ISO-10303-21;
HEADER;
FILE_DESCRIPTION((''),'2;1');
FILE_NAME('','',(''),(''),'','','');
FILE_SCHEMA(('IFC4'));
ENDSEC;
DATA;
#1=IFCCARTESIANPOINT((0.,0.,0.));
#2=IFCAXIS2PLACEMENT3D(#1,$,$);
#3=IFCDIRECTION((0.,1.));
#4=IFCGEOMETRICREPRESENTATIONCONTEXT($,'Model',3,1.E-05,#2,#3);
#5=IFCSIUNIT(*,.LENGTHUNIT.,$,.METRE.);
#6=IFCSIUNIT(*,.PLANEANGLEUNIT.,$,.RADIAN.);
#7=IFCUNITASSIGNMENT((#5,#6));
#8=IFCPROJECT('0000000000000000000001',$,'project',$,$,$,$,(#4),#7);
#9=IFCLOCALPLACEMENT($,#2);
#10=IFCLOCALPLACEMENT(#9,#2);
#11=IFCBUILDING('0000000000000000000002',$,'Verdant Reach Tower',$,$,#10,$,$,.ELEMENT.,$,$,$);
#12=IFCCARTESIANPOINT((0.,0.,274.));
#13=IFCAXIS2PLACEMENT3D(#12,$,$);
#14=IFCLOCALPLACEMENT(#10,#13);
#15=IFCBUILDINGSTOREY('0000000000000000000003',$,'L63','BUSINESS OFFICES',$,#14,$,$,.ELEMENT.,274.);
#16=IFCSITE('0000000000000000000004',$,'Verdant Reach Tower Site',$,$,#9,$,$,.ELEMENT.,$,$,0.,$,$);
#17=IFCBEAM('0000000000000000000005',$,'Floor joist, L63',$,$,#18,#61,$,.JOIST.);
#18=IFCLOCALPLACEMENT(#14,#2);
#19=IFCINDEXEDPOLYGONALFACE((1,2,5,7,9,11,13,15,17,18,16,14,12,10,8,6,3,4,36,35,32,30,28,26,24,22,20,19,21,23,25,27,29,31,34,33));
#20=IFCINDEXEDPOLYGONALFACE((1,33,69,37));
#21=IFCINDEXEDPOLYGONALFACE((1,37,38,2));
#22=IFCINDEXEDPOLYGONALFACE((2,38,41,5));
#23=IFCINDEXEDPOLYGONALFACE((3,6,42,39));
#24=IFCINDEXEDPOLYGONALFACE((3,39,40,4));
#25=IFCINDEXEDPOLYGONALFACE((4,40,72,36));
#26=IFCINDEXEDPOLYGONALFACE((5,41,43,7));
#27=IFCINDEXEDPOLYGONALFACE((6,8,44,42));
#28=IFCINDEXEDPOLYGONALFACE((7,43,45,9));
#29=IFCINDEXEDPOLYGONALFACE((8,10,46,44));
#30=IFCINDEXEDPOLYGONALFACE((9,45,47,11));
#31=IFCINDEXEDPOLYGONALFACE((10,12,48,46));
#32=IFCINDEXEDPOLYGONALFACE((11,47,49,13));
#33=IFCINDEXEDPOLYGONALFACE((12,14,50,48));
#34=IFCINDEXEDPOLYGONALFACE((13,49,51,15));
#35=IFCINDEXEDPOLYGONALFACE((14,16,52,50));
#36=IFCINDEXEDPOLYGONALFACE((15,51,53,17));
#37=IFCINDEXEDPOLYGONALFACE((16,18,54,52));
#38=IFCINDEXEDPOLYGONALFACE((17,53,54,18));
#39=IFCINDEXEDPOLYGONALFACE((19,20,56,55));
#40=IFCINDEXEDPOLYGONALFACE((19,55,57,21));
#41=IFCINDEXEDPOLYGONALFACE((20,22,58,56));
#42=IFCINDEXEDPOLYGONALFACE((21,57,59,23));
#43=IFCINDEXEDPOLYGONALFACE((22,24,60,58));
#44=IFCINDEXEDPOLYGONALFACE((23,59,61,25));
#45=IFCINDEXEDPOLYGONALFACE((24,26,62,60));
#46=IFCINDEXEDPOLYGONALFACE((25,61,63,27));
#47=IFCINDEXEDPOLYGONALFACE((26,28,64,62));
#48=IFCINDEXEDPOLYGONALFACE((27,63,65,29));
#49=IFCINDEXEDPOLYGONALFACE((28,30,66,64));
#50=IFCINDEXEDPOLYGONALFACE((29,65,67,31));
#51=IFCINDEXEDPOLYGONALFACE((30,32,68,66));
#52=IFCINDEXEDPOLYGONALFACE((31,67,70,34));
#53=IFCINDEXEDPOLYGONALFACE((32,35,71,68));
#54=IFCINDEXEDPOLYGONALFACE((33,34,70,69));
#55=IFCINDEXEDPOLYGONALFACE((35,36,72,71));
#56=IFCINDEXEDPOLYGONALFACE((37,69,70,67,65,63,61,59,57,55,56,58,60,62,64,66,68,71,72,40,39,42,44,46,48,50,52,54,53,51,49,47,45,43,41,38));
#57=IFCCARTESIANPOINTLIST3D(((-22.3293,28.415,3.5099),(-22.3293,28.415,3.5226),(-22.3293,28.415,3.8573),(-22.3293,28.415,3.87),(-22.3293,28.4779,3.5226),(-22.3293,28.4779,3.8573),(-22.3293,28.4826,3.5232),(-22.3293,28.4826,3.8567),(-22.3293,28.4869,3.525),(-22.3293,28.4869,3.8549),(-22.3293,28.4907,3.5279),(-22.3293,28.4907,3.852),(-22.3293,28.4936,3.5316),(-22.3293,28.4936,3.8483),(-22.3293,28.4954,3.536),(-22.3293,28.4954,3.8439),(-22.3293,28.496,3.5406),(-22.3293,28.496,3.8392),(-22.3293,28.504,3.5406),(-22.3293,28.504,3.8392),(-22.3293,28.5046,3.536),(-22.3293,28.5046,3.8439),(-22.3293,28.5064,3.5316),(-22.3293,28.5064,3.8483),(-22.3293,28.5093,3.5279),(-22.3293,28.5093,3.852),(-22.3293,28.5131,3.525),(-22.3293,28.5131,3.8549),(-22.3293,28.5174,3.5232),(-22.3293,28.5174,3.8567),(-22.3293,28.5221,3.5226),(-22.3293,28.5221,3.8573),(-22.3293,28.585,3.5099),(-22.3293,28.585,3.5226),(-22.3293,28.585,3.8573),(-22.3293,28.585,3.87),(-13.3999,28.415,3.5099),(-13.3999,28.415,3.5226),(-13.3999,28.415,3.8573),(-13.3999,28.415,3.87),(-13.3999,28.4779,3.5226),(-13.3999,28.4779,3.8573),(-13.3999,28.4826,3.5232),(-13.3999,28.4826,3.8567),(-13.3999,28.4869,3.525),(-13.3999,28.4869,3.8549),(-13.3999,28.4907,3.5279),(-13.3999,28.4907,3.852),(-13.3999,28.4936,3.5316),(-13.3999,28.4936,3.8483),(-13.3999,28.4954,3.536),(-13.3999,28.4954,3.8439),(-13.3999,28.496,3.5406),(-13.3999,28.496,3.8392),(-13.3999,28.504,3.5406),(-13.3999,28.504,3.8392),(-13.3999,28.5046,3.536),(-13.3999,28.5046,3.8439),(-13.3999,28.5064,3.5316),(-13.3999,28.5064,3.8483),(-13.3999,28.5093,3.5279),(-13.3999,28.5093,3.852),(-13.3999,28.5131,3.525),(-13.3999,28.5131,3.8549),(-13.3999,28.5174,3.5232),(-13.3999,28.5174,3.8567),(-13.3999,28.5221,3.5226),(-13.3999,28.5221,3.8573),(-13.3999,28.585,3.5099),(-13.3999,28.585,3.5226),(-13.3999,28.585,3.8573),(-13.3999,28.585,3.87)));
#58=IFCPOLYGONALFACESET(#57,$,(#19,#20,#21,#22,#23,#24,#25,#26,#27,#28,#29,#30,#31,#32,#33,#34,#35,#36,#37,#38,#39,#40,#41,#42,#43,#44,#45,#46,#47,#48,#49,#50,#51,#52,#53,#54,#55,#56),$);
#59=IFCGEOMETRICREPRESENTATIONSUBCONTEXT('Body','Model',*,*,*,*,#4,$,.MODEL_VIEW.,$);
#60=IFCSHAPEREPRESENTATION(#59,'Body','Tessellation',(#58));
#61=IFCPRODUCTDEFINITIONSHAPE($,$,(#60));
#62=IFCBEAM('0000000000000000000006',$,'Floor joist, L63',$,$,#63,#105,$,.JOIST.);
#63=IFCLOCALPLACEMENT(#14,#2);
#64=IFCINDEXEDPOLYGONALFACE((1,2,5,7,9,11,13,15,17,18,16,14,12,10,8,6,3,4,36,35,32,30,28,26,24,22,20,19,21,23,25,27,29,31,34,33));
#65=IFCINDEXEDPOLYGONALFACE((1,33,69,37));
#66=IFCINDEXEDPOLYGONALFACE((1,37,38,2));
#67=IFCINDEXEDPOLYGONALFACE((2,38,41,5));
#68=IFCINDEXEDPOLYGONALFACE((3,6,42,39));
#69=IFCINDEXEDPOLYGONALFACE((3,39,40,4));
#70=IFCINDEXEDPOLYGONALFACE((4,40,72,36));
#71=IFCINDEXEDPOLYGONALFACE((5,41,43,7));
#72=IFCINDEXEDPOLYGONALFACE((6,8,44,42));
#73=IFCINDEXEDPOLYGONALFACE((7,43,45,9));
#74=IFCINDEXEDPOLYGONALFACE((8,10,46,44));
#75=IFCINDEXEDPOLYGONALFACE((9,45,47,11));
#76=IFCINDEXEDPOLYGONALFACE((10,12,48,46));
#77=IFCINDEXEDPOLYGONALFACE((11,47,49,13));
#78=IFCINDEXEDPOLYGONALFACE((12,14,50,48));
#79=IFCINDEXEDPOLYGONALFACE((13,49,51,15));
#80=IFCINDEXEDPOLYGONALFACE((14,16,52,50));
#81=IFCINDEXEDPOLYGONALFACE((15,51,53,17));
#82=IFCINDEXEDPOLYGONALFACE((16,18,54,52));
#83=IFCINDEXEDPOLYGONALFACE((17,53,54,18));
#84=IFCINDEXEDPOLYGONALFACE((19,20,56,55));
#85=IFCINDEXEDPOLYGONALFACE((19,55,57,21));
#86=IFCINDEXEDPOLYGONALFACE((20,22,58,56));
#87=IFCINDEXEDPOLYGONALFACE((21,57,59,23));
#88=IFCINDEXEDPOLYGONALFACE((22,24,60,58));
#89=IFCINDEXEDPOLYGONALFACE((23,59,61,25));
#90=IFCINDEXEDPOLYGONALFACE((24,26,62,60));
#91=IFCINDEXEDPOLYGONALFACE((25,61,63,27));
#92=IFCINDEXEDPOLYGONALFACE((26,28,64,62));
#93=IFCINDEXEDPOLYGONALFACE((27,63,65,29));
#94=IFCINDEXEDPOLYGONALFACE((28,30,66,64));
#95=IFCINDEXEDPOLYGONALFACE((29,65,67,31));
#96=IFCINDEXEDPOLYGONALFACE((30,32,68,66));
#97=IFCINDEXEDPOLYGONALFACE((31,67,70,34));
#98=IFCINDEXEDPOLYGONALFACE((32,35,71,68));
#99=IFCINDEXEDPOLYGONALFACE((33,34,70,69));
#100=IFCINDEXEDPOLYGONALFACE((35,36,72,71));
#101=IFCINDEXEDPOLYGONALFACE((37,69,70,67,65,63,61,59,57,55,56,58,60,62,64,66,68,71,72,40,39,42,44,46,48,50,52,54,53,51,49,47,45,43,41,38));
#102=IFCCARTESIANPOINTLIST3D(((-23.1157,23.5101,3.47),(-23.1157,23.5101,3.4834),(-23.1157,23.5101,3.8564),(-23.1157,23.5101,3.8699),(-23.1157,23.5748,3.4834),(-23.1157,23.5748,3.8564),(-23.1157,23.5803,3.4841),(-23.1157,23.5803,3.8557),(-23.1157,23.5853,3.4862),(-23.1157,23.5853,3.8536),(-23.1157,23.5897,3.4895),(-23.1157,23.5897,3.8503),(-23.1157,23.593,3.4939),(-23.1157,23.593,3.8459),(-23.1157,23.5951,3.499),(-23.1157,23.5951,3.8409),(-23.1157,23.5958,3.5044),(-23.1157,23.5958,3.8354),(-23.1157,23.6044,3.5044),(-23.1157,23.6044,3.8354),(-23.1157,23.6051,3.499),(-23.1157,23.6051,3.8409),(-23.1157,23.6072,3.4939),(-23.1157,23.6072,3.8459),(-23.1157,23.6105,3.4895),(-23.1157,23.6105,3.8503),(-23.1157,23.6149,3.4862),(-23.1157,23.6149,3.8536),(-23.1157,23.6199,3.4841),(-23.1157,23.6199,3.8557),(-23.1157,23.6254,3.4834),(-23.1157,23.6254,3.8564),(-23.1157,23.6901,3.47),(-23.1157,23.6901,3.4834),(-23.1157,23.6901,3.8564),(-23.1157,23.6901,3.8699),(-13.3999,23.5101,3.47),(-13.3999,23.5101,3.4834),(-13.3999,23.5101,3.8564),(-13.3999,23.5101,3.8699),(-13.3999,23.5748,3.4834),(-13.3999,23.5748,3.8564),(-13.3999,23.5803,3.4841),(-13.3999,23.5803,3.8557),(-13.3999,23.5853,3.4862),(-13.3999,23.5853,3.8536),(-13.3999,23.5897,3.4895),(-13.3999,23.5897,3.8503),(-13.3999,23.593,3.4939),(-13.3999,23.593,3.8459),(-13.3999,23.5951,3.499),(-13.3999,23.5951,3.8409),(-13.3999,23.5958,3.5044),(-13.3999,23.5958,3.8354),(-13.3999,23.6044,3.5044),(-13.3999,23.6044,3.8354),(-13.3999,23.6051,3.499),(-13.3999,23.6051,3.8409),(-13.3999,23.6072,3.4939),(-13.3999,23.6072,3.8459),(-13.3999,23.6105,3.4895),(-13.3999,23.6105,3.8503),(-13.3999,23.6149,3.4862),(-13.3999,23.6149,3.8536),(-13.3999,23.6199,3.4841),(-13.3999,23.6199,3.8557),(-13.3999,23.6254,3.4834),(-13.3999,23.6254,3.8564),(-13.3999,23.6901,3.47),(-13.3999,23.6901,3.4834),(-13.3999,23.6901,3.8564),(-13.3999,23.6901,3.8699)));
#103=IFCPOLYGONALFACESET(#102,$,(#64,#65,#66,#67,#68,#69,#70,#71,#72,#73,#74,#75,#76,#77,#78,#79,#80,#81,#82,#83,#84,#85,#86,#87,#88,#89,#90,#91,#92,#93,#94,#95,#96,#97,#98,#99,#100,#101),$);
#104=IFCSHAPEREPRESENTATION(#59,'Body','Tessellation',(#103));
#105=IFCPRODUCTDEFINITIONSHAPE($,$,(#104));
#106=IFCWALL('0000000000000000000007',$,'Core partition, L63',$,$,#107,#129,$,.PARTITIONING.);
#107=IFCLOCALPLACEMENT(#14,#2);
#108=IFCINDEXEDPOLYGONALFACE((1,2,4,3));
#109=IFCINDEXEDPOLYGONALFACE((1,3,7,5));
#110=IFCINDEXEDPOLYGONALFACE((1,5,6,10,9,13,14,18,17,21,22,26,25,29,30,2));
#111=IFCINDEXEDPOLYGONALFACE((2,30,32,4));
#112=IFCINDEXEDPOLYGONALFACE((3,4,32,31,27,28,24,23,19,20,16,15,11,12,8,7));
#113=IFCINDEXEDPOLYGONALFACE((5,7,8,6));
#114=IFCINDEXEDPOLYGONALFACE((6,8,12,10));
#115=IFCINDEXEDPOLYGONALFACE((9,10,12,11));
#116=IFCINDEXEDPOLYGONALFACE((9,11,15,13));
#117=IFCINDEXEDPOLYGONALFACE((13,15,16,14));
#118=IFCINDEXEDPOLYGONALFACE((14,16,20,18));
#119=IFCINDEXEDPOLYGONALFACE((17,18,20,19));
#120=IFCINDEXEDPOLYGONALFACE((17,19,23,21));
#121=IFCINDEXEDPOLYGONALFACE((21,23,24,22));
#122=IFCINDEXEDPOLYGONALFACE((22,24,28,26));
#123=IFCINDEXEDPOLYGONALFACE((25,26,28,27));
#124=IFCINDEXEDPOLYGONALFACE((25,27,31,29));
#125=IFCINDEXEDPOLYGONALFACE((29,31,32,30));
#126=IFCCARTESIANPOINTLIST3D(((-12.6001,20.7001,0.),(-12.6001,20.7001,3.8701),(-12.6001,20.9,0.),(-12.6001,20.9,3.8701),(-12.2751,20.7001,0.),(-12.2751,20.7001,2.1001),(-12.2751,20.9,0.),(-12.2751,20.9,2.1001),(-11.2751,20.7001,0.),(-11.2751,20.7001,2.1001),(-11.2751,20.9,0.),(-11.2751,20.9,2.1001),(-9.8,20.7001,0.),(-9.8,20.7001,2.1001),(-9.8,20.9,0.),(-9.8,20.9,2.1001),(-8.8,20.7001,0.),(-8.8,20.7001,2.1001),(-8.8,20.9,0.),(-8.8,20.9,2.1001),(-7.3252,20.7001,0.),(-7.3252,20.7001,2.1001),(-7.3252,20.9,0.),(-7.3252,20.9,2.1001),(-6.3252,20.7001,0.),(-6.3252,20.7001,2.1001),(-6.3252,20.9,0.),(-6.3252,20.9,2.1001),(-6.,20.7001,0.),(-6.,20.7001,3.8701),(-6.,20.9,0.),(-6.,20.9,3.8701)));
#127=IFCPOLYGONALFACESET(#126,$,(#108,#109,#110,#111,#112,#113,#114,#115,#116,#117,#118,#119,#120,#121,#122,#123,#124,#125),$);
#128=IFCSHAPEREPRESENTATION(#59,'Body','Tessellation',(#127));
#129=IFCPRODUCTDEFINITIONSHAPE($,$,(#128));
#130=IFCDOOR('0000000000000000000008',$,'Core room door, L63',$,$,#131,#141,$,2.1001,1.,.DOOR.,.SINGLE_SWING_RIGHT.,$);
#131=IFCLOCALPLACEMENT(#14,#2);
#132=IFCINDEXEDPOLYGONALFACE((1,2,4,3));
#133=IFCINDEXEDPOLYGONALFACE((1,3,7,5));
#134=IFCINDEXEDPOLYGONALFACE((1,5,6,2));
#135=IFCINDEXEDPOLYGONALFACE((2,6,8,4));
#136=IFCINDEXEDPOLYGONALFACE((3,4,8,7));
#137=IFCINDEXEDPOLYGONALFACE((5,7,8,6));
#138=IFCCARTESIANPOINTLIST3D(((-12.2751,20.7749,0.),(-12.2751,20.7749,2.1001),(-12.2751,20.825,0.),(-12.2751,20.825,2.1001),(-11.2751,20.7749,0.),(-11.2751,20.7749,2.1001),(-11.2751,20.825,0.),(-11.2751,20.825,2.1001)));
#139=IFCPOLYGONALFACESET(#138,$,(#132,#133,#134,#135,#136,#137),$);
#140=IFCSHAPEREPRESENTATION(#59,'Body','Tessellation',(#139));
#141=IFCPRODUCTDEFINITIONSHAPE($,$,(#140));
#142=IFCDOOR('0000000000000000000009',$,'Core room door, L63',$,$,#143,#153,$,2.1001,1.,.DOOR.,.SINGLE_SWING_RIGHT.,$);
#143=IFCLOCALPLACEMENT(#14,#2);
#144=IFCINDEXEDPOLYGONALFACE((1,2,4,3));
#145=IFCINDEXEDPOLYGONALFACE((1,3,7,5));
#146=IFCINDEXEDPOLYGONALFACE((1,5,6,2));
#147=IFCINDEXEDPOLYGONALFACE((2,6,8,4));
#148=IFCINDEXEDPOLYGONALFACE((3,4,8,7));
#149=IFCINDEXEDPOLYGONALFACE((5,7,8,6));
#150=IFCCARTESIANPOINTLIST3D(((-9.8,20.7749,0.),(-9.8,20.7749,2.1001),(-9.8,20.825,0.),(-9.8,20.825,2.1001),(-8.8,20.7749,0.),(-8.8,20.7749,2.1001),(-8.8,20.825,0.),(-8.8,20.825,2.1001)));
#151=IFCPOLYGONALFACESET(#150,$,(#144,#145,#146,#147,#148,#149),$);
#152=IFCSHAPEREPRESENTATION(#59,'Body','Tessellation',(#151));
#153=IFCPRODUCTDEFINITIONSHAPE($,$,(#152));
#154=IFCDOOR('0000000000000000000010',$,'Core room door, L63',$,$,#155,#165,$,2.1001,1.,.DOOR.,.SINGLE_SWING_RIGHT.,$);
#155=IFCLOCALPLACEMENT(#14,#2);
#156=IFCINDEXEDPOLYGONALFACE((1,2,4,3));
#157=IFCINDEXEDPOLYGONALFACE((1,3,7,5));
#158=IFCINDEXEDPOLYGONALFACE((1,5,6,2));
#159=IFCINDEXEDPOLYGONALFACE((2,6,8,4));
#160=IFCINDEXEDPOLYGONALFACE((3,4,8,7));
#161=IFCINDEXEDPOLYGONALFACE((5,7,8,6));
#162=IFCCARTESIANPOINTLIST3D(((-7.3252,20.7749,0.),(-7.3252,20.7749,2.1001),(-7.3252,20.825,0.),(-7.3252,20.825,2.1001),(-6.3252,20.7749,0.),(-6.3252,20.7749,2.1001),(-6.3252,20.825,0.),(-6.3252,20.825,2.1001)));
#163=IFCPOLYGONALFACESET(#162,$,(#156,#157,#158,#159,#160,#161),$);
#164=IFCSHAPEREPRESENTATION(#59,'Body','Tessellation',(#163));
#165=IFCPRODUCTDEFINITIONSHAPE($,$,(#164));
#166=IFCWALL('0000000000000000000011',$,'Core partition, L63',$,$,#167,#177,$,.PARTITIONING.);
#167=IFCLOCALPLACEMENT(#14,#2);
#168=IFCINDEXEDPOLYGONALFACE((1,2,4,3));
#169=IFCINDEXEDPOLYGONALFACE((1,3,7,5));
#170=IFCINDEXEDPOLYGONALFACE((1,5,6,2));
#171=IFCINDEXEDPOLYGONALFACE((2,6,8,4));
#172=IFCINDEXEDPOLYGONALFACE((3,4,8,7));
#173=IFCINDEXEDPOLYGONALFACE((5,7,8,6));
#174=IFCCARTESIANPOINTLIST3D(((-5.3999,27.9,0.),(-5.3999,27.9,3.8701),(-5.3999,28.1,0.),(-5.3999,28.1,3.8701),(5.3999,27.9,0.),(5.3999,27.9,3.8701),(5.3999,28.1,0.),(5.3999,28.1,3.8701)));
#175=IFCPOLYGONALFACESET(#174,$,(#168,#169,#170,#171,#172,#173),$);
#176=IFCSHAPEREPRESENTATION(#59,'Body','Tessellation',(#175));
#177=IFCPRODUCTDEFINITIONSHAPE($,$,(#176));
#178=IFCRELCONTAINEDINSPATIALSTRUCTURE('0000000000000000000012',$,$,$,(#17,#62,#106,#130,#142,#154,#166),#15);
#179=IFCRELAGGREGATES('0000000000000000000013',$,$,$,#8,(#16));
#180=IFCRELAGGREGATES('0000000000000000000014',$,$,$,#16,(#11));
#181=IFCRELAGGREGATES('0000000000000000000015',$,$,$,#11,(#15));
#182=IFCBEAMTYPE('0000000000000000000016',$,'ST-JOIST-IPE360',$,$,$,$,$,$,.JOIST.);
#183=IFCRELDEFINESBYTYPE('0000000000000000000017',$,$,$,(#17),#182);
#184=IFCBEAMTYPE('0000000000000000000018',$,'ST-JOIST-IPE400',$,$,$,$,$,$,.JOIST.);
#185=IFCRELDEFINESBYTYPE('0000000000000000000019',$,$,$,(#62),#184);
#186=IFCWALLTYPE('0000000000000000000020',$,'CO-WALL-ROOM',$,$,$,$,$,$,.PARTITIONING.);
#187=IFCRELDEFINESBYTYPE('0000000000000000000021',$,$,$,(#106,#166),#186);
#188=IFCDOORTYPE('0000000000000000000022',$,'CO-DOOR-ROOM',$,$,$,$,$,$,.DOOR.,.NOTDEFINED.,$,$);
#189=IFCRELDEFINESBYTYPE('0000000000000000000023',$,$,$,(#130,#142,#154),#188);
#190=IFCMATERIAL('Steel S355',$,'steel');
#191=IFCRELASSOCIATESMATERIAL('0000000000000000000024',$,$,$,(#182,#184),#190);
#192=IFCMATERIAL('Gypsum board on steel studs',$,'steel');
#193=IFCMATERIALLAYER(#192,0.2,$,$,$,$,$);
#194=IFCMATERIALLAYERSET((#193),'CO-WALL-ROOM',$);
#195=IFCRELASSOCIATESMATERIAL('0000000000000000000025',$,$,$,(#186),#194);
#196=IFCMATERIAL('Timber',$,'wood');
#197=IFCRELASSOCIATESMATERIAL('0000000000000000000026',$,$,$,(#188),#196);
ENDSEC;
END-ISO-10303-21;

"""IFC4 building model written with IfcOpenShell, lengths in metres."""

from ifc_helpers import new_model, si_unit, direction, frame, frame_2d, origin, origin_2d, place, context, subcontext, project, spatial, rectangle, i_section, extrude, material, layer, layer_set, material_profile, profile_set, type_object, element, fill, save


model = new_model("IFC4")

# Units and contexts
model_context = context("Model", 3, precision=1e-05, world=origin(), true_north=direction((0.0, 1.0)))
body_context = subcontext(model_context, "Body", "Model", "MODEL_VIEW")
ifc_project = project(units=[si_unit("LENGTHUNIT", "METRE"), si_unit("PLANEANGLEUNIT", "RADIAN")], contexts=[model_context])

# Site, building, storey
site_placement = place(None, origin())
site = spatial("IfcSite", under=ifc_project, at=site_placement, Name="Verdant Reach Tower Site", CompositionType="ELEMENT", RefElevation=0.0)
building_placement = place(site_placement, origin())
building = spatial("IfcBuilding", under=site, at=building_placement, Name="Verdant Reach Tower", CompositionType="ELEMENT")
storey_placement = place(building_placement, frame((0.0, 0.0, 274.0)))
storey = spatial("IfcBuildingStorey", under=building, at=storey_placement, Name="L63", Description="BUSINESS OFFICES", CompositionType="ELEMENT", Elevation=274.0)

# Beams
ifc_material_1 = material(Name="Steel S355", Category="steel")
ifc_material_profile_1 = material_profile(ifc_material_1, i_section(OverallWidth=0.1699, OverallDepth=0.3601, WebThickness=0.0081, FlangeThickness=0.0127, FilletRadius=0.0181, at=origin_2d()), Name="IPE 360")
ifc_profile_set_1 = profile_set([ifc_material_profile_1], Name="Steel S355")
beam_type_1 = type_object("IfcBeamType", Name="ST-JOIST-IPE360", PredefinedType="JOIST", material=ifc_profile_set_1)
beam_1_placement = place(storey_placement, frame((-13.3999, 28.5, 3.6899), z_axis=(-1.0, 0.0, 0.0), x_axis=(0.0, -1.0, 0.0)))
element("IfcBeam", 1, at=beam_1_placement, inside=storey, type_object=beam_type_1, Name="Floor joist, L63", PredefinedType="JOIST", context=body_context, shape_type="SweptSolid", body=[
    extrude(i_section(OverallWidth=0.1699, OverallDepth=0.3601, WebThickness=0.0081, FlangeThickness=0.0127, FilletRadius=0.0181, at=origin_2d()), origin(), (0.0, 0.0, 1.0), 8.9294),
])
ifc_material_profile_2 = material_profile(ifc_material_1, i_section(OverallWidth=0.1799, OverallDepth=0.3999, WebThickness=0.0085, FlangeThickness=0.0134, FilletRadius=0.021, at=origin_2d()), Name="IPE 400")
ifc_profile_set_2 = profile_set([ifc_material_profile_2], Name="Steel S355")
beam_type_2 = type_object("IfcBeamType", Name="ST-JOIST-IPE400", PredefinedType="JOIST", material=ifc_profile_set_2)
beam_2_placement = place(storey_placement, frame((-13.3999, 23.6001, 3.6699), z_axis=(-1.0, 0.0, 0.0), x_axis=(0.0, -1.0, 0.0)))
element("IfcBeam", 2, at=beam_2_placement, inside=storey, type_object=beam_type_2, Name="Floor joist, L63", PredefinedType="JOIST", context=body_context, shape_type="SweptSolid", body=[
    extrude(i_section(OverallWidth=0.1799, OverallDepth=0.3999, WebThickness=0.0085, FlangeThickness=0.0134, FilletRadius=0.021, at=origin_2d()), origin(), (0.0, 0.0, 1.0), 9.7158),
])

# Wall, openings, doors
ifc_material_2 = material(Name="Gypsum board on steel studs", Category="steel")
ifc_layer_1 = layer(ifc_material_2, 0.2)
ifc_layer_set_1 = layer_set([ifc_layer_1], Name="CO-WALL-ROOM")
wall_type_1 = type_object("IfcWallType", Name="CO-WALL-ROOM", PredefinedType="PARTITIONING", material=ifc_layer_set_1)
wall_1_placement = place(storey_placement, frame((-12.6001, 20.8, 0.0), z_axis=(0.0, 0.0, 1.0), x_axis=(1.0, 0.0, 0.0)))
wall_1 = element("IfcWall", 3, at=wall_1_placement, inside=storey, type_object=wall_type_1, Name="Core partition, L63", PredefinedType="PARTITIONING", context=body_context, shape_type="SweptSolid", body=[
    extrude(rectangle(XDim=6.6001, YDim=0.2, at=frame_2d((3.3, 0.0))), origin(), (0.0, 0.0, 1.0), 3.8701),
])
opening_1_placement = place(wall_1_placement, frame((0.325, 0.0, 0.0)))
opening_1 = element("IfcOpeningElement", 4, at=opening_1_placement, cuts=wall_1, PredefinedType="OPENING", context=body_context, shape_type="SweptSolid", body=[
    extrude(rectangle(XDim=1.0, YDim=2.1001, at=frame_2d((0.5, 1.05))), frame((0.0, 0.1099, 0.0), z_axis=(0.0, -1.0, 0.0), x_axis=(1.0, 0.0, 0.0)), (0.0, 0.0, 1.0), 0.22),
])
opening_2_placement = place(wall_1_placement, frame((2.8, 0.0, 0.0)))
opening_2 = element("IfcOpeningElement", 5, at=opening_2_placement, cuts=wall_1, PredefinedType="OPENING", context=body_context, shape_type="SweptSolid", body=[
    extrude(rectangle(XDim=1.0, YDim=2.1001, at=frame_2d((0.5, 1.05))), frame((0.0, 0.1099, 0.0), z_axis=(0.0, -1.0, 0.0), x_axis=(1.0, 0.0, 0.0)), (0.0, 0.0, 1.0), 0.22),
])
opening_3_placement = place(wall_1_placement, frame((5.2749, 0.0, 0.0)))
opening_3 = element("IfcOpeningElement", 6, at=opening_3_placement, cuts=wall_1, PredefinedType="OPENING", context=body_context, shape_type="SweptSolid", body=[
    extrude(rectangle(XDim=1.0, YDim=2.1001, at=frame_2d((0.5, 1.05))), frame((0.0, 0.1099, 0.0), z_axis=(0.0, -1.0, 0.0), x_axis=(1.0, 0.0, 0.0)), (0.0, 0.0, 1.0), 0.22),
])
ifc_material_3 = material(Name="Timber", Category="wood")
door_type_1 = type_object("IfcDoorType", Name="CO-DOOR-ROOM", OperationType="NOTDEFINED", PredefinedType="DOOR", material=ifc_material_3)
door_1_placement = place(opening_1_placement, origin())
door_1 = element("IfcDoor", 7, at=door_1_placement, inside=storey, type_object=door_type_1, Name="Core room door, L63", OperationType="SINGLE_SWING_RIGHT", OverallHeight=2.1001, OverallWidth=1.0, PredefinedType="DOOR", context=body_context, shape_type="SweptSolid", body=[
    extrude(rectangle(XDim=1.0, YDim=2.1001, at=frame_2d((0.5, 1.05))), frame((0.0, 0.0249, 0.0), z_axis=(0.0, -1.0, 0.0), x_axis=(1.0, 0.0, 0.0)), (0.0, 0.0, 1.0), 0.05),
])
fill(opening_1, door_1)
door_2_placement = place(opening_2_placement, origin())
door_2 = element("IfcDoor", 8, at=door_2_placement, inside=storey, type_object=door_type_1, Name="Core room door, L63", OperationType="SINGLE_SWING_RIGHT", OverallHeight=2.1001, OverallWidth=1.0, PredefinedType="DOOR", context=body_context, shape_type="SweptSolid", body=[
    extrude(rectangle(XDim=1.0, YDim=2.1001, at=frame_2d((0.5, 1.05))), frame((0.0, 0.0249, 0.0), z_axis=(0.0, -1.0, 0.0), x_axis=(1.0, 0.0, 0.0)), (0.0, 0.0, 1.0), 0.05),
])
fill(opening_2, door_2)
door_3_placement = place(opening_3_placement, origin())
door_3 = element("IfcDoor", 9, at=door_3_placement, inside=storey, type_object=door_type_1, Name="Core room door, L63", OperationType="SINGLE_SWING_RIGHT", OverallHeight=2.1001, OverallWidth=1.0, PredefinedType="DOOR", context=body_context, shape_type="SweptSolid", body=[
    extrude(rectangle(XDim=1.0, YDim=2.1001, at=frame_2d((0.5, 1.05))), frame((0.0, 0.0249, 0.0), z_axis=(0.0, -1.0, 0.0), x_axis=(1.0, 0.0, 0.0)), (0.0, 0.0, 1.0), 0.05),
])
fill(opening_3, door_3)

# Wall
wall_2_placement = place(storey_placement, frame((-5.3999, 28.0, 0.0), z_axis=(0.0, 0.0, 1.0), x_axis=(1.0, 0.0, 0.0)))
element("IfcWall", 10, at=wall_2_placement, inside=storey, type_object=wall_type_1, Name="Core partition, L63", PredefinedType="PARTITIONING", context=body_context, shape_type="SweptSolid", body=[
    extrude(rectangle(XDim=10.7998, YDim=0.2, at=frame_2d((5.3999, 0.0))), origin(), (0.0, 0.0, 1.0), 3.8701),
])

save(model, "model.ifc")
